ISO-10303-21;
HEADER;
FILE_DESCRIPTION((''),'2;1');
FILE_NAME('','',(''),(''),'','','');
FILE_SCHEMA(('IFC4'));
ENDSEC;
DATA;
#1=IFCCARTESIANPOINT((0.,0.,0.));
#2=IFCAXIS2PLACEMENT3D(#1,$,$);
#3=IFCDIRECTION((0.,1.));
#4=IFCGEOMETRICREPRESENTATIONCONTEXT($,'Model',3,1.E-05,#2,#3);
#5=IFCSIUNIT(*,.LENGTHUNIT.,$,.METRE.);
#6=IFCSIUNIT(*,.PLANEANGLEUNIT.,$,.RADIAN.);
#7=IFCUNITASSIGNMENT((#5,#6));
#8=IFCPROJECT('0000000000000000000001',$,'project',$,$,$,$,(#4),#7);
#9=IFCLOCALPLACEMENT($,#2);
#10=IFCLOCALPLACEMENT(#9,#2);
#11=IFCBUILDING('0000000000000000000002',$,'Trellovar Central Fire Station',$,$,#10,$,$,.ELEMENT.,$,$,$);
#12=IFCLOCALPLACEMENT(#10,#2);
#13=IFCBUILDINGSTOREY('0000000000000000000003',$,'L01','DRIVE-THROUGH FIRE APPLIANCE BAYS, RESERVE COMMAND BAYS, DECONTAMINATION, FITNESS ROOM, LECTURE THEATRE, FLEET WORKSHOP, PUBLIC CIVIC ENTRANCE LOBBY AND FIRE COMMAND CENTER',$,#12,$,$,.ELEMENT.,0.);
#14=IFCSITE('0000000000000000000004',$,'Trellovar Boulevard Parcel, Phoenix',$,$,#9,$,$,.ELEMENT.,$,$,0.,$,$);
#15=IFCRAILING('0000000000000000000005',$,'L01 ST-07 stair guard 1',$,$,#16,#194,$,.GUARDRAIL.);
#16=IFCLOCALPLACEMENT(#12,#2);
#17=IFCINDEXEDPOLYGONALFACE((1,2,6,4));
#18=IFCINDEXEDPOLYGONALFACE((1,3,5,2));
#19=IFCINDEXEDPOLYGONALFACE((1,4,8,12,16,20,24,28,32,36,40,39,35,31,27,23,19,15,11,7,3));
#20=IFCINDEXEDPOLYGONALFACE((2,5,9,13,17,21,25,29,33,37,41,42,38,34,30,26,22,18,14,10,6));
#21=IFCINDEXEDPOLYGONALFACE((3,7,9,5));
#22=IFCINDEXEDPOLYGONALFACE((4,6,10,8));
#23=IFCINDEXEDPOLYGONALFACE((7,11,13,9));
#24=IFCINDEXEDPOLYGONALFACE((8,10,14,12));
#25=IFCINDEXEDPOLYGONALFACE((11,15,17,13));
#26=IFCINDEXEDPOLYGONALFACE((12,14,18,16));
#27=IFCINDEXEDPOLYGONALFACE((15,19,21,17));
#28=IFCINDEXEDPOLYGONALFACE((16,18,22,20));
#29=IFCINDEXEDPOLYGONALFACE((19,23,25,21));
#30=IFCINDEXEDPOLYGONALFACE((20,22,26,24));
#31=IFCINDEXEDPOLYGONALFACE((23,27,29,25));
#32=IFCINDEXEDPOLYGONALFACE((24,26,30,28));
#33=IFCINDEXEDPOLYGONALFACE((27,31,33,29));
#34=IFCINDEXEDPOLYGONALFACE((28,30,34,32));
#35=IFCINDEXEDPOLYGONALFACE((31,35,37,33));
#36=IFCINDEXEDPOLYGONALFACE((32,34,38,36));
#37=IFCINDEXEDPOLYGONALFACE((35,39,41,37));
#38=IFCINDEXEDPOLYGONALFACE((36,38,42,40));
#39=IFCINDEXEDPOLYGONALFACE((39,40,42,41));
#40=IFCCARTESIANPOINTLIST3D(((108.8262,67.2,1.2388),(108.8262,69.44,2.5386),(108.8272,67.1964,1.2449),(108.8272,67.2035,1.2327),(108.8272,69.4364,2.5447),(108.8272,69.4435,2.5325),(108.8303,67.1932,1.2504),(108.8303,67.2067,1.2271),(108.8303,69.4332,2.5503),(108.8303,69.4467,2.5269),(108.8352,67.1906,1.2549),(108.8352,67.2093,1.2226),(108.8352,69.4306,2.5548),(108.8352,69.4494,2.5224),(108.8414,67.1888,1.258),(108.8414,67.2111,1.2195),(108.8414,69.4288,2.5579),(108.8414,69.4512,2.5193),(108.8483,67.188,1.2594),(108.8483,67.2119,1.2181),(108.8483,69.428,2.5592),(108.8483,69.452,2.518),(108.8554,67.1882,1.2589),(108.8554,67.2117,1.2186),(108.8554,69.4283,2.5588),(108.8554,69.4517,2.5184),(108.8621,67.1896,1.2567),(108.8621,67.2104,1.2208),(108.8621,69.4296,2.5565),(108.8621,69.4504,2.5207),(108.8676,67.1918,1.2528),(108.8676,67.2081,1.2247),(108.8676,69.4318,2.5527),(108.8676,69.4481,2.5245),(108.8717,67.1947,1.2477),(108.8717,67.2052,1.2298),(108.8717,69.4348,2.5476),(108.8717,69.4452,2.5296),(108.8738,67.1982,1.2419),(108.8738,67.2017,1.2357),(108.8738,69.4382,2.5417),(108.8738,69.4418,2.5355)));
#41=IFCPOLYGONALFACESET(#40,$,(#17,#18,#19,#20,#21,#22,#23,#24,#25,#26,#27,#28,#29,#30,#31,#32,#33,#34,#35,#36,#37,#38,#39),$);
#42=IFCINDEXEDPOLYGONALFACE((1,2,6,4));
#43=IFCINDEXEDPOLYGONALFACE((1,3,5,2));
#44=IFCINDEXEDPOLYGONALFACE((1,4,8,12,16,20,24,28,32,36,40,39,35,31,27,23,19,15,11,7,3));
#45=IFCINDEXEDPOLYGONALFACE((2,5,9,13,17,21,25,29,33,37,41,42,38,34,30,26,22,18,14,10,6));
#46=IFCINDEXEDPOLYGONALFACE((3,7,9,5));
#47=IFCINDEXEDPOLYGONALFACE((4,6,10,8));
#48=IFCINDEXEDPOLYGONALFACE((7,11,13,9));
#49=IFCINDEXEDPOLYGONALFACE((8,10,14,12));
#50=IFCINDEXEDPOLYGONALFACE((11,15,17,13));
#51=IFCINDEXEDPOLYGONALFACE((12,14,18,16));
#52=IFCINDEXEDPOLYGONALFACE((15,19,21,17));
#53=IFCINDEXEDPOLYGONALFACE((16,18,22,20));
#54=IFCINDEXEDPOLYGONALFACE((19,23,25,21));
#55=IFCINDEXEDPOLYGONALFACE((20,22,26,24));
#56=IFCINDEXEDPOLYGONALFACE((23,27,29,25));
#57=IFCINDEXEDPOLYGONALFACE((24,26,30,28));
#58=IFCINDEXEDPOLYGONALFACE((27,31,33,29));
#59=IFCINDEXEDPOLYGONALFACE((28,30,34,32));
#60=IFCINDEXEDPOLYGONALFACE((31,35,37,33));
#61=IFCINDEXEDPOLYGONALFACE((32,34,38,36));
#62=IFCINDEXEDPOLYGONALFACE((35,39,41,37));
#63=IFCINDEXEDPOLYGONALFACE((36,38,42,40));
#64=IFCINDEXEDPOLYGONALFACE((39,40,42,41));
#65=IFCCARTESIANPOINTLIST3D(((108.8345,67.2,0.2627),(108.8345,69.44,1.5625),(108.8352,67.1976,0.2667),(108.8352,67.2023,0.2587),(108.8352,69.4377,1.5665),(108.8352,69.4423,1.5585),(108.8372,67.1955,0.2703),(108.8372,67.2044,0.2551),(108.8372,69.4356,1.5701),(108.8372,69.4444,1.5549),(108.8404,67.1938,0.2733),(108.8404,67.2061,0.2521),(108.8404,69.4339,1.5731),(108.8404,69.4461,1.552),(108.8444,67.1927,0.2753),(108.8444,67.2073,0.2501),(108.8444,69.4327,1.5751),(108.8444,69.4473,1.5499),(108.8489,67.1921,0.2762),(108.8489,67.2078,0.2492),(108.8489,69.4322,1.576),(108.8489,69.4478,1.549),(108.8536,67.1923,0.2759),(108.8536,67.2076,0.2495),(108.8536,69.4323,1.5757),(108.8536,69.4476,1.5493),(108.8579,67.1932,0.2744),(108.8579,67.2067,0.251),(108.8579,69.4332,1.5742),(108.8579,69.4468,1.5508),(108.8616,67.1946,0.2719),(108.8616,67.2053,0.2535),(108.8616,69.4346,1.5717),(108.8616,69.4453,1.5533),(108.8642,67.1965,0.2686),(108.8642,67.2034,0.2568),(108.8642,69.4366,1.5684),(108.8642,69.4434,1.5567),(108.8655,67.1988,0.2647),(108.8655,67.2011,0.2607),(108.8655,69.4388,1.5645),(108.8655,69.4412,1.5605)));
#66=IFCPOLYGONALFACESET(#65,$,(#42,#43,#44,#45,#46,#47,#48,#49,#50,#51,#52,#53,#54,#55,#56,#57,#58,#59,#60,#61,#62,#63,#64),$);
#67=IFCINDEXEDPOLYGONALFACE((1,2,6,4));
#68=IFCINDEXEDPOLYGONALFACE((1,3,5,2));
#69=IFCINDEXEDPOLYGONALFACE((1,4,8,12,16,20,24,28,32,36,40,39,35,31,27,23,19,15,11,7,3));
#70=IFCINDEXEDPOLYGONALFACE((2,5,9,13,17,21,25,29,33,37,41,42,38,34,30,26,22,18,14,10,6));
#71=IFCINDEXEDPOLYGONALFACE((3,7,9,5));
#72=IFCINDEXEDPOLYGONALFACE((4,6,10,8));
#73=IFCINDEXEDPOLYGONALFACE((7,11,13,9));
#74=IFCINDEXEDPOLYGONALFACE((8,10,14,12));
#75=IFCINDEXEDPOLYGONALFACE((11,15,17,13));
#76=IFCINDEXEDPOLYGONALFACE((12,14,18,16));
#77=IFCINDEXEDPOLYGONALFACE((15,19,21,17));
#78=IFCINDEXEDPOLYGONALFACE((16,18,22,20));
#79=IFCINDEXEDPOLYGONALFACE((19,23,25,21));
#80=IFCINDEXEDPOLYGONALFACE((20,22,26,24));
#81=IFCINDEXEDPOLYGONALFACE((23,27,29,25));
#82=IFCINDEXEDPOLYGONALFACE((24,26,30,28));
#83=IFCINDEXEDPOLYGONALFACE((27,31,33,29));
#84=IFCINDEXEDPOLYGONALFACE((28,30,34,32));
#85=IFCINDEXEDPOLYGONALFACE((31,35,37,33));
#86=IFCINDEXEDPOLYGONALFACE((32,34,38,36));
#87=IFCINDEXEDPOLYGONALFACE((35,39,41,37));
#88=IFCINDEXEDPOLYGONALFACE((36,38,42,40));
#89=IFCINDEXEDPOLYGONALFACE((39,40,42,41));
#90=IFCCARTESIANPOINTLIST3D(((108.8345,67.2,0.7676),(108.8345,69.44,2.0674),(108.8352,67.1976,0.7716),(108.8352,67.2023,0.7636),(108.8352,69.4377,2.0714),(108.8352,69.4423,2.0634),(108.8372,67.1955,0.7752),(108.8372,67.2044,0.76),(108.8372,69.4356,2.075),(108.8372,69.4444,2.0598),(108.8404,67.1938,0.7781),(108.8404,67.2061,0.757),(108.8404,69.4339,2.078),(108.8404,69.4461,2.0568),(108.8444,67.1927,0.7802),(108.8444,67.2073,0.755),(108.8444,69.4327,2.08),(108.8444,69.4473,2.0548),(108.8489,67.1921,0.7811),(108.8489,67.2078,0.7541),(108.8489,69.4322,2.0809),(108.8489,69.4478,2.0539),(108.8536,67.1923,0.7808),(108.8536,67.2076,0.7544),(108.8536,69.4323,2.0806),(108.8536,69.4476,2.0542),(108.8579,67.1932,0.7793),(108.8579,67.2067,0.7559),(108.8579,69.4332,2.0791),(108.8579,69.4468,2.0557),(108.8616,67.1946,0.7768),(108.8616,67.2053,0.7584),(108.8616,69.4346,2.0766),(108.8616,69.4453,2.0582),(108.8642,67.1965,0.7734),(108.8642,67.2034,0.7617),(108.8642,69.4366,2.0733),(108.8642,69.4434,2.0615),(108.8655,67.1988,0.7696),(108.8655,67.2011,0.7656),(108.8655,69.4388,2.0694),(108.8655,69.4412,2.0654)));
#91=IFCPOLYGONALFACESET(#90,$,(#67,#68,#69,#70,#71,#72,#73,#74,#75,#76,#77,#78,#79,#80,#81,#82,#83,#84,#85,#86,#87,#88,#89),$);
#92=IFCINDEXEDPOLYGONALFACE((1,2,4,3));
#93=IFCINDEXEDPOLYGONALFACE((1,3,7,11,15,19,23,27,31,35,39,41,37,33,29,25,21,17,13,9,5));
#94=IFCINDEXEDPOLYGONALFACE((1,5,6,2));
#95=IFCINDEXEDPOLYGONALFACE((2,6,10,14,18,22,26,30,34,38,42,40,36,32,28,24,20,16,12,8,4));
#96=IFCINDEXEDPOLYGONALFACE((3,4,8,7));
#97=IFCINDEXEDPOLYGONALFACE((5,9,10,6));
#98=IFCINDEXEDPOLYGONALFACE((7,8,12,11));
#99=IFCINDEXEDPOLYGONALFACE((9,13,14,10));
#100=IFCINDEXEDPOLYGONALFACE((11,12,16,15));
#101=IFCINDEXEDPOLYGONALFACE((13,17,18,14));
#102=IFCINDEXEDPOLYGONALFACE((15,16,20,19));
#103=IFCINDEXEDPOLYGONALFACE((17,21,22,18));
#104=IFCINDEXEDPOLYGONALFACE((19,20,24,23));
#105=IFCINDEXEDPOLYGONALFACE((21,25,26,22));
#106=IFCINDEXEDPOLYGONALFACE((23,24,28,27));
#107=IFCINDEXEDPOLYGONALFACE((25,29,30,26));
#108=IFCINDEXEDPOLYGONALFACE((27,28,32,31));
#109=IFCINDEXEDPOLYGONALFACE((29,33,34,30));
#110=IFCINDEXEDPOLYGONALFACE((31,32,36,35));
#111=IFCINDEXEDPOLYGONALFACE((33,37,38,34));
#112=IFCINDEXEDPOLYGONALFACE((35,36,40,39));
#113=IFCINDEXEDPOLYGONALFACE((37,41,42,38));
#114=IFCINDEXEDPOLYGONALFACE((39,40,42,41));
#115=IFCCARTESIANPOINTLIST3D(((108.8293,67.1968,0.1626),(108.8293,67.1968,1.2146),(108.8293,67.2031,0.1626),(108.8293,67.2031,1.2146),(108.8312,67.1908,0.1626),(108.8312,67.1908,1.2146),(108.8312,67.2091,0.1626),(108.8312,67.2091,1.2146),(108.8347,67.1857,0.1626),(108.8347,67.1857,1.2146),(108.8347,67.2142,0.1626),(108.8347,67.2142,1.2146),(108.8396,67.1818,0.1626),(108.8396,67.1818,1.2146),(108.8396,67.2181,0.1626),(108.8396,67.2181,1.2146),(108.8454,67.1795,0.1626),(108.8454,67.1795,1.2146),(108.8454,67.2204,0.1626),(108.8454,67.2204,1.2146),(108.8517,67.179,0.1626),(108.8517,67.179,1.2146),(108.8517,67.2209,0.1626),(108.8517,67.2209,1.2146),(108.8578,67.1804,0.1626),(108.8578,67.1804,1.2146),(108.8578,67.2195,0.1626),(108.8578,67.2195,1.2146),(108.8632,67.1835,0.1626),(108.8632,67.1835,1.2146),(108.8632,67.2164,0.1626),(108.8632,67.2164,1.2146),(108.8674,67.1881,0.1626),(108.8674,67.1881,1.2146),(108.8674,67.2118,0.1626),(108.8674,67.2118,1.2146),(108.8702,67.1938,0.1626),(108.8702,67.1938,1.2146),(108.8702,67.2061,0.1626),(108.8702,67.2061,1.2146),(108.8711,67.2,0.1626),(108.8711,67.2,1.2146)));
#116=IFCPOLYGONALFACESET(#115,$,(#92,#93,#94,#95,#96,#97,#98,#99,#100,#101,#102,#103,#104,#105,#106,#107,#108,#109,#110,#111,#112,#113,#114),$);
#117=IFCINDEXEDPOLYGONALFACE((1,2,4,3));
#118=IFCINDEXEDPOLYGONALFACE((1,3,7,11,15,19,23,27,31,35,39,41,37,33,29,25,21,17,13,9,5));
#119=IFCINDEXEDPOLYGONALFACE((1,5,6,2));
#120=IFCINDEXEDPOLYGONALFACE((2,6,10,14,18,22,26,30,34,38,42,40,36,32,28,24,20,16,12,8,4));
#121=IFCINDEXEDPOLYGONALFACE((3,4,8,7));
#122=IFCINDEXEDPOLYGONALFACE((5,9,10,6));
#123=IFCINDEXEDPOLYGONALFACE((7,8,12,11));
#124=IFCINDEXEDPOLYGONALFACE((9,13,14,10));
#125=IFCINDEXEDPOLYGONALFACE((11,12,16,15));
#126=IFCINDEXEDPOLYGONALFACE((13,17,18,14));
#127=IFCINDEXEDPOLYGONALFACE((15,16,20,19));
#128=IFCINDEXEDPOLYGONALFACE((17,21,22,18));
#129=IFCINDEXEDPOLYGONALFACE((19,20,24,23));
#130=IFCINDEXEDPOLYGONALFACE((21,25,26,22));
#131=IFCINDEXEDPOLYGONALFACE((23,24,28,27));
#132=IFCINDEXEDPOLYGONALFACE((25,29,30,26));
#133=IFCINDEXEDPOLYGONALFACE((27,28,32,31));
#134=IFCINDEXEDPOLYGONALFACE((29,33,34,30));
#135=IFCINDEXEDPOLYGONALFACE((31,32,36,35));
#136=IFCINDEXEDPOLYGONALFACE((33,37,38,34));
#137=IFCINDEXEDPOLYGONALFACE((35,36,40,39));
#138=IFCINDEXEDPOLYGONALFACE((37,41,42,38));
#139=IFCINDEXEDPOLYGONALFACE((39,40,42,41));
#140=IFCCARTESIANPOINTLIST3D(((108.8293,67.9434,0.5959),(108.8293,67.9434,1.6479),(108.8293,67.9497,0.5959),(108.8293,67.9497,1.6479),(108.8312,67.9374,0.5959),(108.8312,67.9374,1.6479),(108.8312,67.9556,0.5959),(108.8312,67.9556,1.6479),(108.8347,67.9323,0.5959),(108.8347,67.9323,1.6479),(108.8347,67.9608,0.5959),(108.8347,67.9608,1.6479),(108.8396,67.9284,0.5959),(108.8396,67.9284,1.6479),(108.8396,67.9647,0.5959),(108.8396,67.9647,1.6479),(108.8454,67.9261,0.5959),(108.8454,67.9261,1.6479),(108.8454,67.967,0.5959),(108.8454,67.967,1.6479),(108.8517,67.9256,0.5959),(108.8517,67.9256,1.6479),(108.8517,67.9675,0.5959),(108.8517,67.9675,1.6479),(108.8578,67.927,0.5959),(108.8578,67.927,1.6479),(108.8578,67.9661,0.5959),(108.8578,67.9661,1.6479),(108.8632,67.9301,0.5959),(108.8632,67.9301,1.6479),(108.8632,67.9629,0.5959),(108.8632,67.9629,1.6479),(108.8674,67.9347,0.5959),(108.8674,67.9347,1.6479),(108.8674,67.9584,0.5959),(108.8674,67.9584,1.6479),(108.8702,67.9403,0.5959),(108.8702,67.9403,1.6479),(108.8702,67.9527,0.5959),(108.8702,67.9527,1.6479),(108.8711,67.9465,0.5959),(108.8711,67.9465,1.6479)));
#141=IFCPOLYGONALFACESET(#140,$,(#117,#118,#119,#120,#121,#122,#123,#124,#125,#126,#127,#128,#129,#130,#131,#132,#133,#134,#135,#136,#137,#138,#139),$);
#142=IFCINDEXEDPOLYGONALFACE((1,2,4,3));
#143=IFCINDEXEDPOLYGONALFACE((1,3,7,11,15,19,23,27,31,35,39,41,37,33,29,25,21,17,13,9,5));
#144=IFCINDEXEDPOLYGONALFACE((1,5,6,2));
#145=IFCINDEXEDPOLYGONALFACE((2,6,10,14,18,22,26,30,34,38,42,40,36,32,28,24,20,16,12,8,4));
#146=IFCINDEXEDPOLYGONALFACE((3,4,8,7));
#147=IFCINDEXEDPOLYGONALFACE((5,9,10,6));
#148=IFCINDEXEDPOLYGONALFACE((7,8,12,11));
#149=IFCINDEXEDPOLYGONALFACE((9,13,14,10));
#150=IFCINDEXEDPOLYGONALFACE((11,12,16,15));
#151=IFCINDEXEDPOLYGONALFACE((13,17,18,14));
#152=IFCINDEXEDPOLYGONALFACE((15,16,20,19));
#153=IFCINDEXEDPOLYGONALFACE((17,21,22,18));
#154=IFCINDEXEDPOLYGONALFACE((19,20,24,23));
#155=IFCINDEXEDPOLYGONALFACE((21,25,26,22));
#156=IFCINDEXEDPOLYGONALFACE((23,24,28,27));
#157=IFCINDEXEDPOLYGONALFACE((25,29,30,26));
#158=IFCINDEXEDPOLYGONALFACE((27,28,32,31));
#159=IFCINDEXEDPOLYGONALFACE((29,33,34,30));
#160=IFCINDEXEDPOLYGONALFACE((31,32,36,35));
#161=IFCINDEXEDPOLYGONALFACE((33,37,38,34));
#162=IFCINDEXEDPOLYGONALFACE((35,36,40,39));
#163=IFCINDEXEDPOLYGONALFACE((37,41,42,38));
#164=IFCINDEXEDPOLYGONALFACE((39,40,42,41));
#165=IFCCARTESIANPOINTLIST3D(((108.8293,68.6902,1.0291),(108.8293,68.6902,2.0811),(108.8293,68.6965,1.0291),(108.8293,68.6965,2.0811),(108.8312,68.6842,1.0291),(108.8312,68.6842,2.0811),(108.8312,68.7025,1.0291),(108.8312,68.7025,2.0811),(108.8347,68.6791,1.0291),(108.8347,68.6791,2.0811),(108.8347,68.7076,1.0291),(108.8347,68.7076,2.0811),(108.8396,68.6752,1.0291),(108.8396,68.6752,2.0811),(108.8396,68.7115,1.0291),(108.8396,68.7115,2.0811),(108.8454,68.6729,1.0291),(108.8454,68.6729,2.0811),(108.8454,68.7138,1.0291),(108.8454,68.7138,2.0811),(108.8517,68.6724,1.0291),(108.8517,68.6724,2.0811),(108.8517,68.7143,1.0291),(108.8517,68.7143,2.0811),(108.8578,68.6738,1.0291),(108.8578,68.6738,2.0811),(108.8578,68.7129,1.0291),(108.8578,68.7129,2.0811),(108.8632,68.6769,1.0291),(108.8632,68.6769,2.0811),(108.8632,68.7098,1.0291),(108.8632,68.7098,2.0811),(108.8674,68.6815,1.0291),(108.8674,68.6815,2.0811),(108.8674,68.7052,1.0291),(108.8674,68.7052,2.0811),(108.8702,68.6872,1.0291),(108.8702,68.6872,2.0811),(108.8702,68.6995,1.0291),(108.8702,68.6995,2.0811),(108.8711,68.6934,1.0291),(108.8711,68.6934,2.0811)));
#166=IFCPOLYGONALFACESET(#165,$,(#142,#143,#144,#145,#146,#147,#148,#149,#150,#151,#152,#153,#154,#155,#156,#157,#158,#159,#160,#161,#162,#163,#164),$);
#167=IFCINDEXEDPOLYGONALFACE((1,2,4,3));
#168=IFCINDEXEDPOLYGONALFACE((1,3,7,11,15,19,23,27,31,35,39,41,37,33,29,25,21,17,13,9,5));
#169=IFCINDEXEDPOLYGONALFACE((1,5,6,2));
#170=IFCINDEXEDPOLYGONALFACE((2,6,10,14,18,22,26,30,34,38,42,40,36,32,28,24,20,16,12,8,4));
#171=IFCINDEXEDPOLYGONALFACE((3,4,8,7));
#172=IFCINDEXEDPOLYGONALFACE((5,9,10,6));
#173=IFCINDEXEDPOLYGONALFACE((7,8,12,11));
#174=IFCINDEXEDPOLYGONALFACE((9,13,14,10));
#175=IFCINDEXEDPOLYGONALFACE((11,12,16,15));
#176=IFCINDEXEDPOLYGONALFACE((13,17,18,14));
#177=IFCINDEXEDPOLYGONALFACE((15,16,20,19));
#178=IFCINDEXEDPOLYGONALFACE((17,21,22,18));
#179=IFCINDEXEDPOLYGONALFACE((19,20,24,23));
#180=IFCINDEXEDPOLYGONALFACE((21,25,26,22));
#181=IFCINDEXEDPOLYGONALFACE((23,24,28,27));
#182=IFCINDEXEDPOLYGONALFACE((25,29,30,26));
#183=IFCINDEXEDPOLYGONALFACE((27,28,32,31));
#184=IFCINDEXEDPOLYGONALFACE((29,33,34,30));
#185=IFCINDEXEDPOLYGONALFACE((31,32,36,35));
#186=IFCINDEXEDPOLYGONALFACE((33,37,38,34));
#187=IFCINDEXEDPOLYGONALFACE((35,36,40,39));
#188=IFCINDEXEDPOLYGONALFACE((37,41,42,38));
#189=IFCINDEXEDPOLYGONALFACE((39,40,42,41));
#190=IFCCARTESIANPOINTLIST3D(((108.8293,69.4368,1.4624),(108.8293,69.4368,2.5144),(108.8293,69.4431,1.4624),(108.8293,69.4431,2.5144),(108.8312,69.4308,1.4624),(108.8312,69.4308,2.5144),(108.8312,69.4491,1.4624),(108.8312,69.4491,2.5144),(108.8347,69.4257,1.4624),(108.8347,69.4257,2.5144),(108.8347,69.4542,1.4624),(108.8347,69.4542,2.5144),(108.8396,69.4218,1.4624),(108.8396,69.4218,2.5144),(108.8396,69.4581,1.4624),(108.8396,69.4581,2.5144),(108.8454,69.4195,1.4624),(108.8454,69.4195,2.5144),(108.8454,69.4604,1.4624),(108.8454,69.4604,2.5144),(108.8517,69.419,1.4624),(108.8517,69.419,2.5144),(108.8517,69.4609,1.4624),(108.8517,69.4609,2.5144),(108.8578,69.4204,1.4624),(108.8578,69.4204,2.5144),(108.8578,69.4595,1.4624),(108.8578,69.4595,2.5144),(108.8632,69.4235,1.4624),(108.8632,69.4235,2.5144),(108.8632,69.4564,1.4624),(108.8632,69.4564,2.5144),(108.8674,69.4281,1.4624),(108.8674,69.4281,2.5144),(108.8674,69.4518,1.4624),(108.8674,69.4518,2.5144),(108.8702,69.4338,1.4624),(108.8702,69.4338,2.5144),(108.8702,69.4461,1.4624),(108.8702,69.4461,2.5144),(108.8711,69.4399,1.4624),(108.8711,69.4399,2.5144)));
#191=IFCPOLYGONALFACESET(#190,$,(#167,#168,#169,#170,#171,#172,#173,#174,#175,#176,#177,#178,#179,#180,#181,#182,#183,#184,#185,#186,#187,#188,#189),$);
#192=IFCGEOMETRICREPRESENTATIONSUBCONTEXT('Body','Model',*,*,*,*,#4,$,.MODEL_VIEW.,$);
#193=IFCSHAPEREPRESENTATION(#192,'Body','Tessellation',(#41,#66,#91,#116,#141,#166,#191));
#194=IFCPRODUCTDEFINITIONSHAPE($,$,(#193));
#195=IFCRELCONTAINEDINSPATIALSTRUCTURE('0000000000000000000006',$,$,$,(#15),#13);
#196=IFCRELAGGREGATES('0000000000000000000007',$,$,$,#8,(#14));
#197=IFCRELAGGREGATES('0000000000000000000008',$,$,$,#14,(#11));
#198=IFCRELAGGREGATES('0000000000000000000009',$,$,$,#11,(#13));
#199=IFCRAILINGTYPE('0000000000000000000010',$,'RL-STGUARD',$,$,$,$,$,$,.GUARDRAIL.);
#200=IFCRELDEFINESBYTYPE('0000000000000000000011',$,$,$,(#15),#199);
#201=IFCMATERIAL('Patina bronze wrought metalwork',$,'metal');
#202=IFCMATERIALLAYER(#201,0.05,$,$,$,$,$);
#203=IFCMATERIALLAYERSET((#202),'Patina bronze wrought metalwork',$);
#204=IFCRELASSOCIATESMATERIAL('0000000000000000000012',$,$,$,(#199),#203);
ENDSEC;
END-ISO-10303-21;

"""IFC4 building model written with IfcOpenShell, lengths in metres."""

from ifc_helpers import new_model, si_unit, direction, frame, origin, origin_2d, place, context, subcontext, project, spatial, circle, extrude, material, layer, layer_set, type_object, element, save


model = new_model("IFC4")

# Units and contexts
model_context = context("Model", 3, precision=1e-05, world=origin(), true_north=direction((0.0, 1.0)))
body_context = subcontext(model_context, "Body", "Model", "MODEL_VIEW")
ifc_project = project(units=[si_unit("LENGTHUNIT", "METRE"), si_unit("PLANEANGLEUNIT", "RADIAN")], contexts=[model_context])

# Site, building, storey
site_placement = place(None, origin())
site = spatial("IfcSite", under=ifc_project, at=site_placement, Name="Trellovar Boulevard Parcel, Phoenix", CompositionType="ELEMENT", RefElevation=0.0)
building_placement = place(site_placement, origin())
building = spatial("IfcBuilding", under=site, at=building_placement, Name="Trellovar Central Fire Station", CompositionType="ELEMENT")
storey_placement = place(building_placement, origin())
storey = spatial("IfcBuildingStorey", under=building, at=storey_placement, Name="L01", Description="DRIVE-THROUGH FIRE APPLIANCE BAYS, RESERVE COMMAND BAYS, DECONTAMINATION, FITNESS ROOM, LECTURE THEATRE, FLEET WORKSHOP, PUBLIC CIVIC ENTRANCE LOBBY AND FIRE COMMAND CENTER", CompositionType="ELEMENT", Elevation=0.0)

# Railing
ifc_material_1 = material(Name="Patina bronze wrought metalwork", Category="metal")
ifc_layer_1 = layer(ifc_material_1, 0.05)
ifc_layer_set_1 = layer_set([ifc_layer_1], Name="Patina bronze wrought metalwork")
railing_type_1 = type_object("IfcRailingType", Name="RL-STGUARD", PredefinedType="GUARDRAIL", material=ifc_layer_set_1)
railing_1_placement = place(storey_placement, frame((108.8501, 67.2, 0.1626)))
element("IfcRailing", 1, at=railing_1_placement, inside=storey, type_object=railing_type_1, Name="L01 ST-07 stair guard 1", PredefinedType="GUARDRAIL", context=body_context, shape_type="SweptSolid", body=[
    extrude(circle(Radius=0.0239, at=origin_2d()), frame((0.0, 0.0, 1.0762), z_axis=(0.0, 0.864929, 0.501894), x_axis=(-1.0, 0.0, 0.0)), (0.0, 0.0, 1.0), 2.5898),
    extrude(circle(Radius=0.0156, at=origin_2d()), frame((0.0, 0.0, 0.1001), z_axis=(0.0, 0.864929, 0.501894), x_axis=(-1.0, 0.0, 0.0)), (0.0, 0.0, 1.0), 2.5898),
    extrude(circle(Radius=0.0156, at=origin_2d()), frame((0.0, 0.0, 0.605), z_axis=(0.0, 0.864929, 0.501894), x_axis=(-1.0, 0.0, 0.0)), (0.0, 0.0, 1.0), 2.5898),
    extrude(circle(Radius=0.021, at=origin_2d()), origin(), (0.0, 0.0, 1.0), 1.052),
    extrude(circle(Radius=0.021, at=origin_2d()), frame((0.0, 0.7466, 0.4333)), (0.0, 0.0, 1.0), 1.052),
    extrude(circle(Radius=0.021, at=origin_2d()), frame((0.0, 1.4934, 0.8665)), (0.0, 0.0, 1.0), 1.052),
    extrude(circle(Radius=0.021, at=origin_2d()), frame((0.0, 2.24, 1.2998)), (0.0, 0.0, 1.0), 1.052),
])

save(model, "model.ifc")
